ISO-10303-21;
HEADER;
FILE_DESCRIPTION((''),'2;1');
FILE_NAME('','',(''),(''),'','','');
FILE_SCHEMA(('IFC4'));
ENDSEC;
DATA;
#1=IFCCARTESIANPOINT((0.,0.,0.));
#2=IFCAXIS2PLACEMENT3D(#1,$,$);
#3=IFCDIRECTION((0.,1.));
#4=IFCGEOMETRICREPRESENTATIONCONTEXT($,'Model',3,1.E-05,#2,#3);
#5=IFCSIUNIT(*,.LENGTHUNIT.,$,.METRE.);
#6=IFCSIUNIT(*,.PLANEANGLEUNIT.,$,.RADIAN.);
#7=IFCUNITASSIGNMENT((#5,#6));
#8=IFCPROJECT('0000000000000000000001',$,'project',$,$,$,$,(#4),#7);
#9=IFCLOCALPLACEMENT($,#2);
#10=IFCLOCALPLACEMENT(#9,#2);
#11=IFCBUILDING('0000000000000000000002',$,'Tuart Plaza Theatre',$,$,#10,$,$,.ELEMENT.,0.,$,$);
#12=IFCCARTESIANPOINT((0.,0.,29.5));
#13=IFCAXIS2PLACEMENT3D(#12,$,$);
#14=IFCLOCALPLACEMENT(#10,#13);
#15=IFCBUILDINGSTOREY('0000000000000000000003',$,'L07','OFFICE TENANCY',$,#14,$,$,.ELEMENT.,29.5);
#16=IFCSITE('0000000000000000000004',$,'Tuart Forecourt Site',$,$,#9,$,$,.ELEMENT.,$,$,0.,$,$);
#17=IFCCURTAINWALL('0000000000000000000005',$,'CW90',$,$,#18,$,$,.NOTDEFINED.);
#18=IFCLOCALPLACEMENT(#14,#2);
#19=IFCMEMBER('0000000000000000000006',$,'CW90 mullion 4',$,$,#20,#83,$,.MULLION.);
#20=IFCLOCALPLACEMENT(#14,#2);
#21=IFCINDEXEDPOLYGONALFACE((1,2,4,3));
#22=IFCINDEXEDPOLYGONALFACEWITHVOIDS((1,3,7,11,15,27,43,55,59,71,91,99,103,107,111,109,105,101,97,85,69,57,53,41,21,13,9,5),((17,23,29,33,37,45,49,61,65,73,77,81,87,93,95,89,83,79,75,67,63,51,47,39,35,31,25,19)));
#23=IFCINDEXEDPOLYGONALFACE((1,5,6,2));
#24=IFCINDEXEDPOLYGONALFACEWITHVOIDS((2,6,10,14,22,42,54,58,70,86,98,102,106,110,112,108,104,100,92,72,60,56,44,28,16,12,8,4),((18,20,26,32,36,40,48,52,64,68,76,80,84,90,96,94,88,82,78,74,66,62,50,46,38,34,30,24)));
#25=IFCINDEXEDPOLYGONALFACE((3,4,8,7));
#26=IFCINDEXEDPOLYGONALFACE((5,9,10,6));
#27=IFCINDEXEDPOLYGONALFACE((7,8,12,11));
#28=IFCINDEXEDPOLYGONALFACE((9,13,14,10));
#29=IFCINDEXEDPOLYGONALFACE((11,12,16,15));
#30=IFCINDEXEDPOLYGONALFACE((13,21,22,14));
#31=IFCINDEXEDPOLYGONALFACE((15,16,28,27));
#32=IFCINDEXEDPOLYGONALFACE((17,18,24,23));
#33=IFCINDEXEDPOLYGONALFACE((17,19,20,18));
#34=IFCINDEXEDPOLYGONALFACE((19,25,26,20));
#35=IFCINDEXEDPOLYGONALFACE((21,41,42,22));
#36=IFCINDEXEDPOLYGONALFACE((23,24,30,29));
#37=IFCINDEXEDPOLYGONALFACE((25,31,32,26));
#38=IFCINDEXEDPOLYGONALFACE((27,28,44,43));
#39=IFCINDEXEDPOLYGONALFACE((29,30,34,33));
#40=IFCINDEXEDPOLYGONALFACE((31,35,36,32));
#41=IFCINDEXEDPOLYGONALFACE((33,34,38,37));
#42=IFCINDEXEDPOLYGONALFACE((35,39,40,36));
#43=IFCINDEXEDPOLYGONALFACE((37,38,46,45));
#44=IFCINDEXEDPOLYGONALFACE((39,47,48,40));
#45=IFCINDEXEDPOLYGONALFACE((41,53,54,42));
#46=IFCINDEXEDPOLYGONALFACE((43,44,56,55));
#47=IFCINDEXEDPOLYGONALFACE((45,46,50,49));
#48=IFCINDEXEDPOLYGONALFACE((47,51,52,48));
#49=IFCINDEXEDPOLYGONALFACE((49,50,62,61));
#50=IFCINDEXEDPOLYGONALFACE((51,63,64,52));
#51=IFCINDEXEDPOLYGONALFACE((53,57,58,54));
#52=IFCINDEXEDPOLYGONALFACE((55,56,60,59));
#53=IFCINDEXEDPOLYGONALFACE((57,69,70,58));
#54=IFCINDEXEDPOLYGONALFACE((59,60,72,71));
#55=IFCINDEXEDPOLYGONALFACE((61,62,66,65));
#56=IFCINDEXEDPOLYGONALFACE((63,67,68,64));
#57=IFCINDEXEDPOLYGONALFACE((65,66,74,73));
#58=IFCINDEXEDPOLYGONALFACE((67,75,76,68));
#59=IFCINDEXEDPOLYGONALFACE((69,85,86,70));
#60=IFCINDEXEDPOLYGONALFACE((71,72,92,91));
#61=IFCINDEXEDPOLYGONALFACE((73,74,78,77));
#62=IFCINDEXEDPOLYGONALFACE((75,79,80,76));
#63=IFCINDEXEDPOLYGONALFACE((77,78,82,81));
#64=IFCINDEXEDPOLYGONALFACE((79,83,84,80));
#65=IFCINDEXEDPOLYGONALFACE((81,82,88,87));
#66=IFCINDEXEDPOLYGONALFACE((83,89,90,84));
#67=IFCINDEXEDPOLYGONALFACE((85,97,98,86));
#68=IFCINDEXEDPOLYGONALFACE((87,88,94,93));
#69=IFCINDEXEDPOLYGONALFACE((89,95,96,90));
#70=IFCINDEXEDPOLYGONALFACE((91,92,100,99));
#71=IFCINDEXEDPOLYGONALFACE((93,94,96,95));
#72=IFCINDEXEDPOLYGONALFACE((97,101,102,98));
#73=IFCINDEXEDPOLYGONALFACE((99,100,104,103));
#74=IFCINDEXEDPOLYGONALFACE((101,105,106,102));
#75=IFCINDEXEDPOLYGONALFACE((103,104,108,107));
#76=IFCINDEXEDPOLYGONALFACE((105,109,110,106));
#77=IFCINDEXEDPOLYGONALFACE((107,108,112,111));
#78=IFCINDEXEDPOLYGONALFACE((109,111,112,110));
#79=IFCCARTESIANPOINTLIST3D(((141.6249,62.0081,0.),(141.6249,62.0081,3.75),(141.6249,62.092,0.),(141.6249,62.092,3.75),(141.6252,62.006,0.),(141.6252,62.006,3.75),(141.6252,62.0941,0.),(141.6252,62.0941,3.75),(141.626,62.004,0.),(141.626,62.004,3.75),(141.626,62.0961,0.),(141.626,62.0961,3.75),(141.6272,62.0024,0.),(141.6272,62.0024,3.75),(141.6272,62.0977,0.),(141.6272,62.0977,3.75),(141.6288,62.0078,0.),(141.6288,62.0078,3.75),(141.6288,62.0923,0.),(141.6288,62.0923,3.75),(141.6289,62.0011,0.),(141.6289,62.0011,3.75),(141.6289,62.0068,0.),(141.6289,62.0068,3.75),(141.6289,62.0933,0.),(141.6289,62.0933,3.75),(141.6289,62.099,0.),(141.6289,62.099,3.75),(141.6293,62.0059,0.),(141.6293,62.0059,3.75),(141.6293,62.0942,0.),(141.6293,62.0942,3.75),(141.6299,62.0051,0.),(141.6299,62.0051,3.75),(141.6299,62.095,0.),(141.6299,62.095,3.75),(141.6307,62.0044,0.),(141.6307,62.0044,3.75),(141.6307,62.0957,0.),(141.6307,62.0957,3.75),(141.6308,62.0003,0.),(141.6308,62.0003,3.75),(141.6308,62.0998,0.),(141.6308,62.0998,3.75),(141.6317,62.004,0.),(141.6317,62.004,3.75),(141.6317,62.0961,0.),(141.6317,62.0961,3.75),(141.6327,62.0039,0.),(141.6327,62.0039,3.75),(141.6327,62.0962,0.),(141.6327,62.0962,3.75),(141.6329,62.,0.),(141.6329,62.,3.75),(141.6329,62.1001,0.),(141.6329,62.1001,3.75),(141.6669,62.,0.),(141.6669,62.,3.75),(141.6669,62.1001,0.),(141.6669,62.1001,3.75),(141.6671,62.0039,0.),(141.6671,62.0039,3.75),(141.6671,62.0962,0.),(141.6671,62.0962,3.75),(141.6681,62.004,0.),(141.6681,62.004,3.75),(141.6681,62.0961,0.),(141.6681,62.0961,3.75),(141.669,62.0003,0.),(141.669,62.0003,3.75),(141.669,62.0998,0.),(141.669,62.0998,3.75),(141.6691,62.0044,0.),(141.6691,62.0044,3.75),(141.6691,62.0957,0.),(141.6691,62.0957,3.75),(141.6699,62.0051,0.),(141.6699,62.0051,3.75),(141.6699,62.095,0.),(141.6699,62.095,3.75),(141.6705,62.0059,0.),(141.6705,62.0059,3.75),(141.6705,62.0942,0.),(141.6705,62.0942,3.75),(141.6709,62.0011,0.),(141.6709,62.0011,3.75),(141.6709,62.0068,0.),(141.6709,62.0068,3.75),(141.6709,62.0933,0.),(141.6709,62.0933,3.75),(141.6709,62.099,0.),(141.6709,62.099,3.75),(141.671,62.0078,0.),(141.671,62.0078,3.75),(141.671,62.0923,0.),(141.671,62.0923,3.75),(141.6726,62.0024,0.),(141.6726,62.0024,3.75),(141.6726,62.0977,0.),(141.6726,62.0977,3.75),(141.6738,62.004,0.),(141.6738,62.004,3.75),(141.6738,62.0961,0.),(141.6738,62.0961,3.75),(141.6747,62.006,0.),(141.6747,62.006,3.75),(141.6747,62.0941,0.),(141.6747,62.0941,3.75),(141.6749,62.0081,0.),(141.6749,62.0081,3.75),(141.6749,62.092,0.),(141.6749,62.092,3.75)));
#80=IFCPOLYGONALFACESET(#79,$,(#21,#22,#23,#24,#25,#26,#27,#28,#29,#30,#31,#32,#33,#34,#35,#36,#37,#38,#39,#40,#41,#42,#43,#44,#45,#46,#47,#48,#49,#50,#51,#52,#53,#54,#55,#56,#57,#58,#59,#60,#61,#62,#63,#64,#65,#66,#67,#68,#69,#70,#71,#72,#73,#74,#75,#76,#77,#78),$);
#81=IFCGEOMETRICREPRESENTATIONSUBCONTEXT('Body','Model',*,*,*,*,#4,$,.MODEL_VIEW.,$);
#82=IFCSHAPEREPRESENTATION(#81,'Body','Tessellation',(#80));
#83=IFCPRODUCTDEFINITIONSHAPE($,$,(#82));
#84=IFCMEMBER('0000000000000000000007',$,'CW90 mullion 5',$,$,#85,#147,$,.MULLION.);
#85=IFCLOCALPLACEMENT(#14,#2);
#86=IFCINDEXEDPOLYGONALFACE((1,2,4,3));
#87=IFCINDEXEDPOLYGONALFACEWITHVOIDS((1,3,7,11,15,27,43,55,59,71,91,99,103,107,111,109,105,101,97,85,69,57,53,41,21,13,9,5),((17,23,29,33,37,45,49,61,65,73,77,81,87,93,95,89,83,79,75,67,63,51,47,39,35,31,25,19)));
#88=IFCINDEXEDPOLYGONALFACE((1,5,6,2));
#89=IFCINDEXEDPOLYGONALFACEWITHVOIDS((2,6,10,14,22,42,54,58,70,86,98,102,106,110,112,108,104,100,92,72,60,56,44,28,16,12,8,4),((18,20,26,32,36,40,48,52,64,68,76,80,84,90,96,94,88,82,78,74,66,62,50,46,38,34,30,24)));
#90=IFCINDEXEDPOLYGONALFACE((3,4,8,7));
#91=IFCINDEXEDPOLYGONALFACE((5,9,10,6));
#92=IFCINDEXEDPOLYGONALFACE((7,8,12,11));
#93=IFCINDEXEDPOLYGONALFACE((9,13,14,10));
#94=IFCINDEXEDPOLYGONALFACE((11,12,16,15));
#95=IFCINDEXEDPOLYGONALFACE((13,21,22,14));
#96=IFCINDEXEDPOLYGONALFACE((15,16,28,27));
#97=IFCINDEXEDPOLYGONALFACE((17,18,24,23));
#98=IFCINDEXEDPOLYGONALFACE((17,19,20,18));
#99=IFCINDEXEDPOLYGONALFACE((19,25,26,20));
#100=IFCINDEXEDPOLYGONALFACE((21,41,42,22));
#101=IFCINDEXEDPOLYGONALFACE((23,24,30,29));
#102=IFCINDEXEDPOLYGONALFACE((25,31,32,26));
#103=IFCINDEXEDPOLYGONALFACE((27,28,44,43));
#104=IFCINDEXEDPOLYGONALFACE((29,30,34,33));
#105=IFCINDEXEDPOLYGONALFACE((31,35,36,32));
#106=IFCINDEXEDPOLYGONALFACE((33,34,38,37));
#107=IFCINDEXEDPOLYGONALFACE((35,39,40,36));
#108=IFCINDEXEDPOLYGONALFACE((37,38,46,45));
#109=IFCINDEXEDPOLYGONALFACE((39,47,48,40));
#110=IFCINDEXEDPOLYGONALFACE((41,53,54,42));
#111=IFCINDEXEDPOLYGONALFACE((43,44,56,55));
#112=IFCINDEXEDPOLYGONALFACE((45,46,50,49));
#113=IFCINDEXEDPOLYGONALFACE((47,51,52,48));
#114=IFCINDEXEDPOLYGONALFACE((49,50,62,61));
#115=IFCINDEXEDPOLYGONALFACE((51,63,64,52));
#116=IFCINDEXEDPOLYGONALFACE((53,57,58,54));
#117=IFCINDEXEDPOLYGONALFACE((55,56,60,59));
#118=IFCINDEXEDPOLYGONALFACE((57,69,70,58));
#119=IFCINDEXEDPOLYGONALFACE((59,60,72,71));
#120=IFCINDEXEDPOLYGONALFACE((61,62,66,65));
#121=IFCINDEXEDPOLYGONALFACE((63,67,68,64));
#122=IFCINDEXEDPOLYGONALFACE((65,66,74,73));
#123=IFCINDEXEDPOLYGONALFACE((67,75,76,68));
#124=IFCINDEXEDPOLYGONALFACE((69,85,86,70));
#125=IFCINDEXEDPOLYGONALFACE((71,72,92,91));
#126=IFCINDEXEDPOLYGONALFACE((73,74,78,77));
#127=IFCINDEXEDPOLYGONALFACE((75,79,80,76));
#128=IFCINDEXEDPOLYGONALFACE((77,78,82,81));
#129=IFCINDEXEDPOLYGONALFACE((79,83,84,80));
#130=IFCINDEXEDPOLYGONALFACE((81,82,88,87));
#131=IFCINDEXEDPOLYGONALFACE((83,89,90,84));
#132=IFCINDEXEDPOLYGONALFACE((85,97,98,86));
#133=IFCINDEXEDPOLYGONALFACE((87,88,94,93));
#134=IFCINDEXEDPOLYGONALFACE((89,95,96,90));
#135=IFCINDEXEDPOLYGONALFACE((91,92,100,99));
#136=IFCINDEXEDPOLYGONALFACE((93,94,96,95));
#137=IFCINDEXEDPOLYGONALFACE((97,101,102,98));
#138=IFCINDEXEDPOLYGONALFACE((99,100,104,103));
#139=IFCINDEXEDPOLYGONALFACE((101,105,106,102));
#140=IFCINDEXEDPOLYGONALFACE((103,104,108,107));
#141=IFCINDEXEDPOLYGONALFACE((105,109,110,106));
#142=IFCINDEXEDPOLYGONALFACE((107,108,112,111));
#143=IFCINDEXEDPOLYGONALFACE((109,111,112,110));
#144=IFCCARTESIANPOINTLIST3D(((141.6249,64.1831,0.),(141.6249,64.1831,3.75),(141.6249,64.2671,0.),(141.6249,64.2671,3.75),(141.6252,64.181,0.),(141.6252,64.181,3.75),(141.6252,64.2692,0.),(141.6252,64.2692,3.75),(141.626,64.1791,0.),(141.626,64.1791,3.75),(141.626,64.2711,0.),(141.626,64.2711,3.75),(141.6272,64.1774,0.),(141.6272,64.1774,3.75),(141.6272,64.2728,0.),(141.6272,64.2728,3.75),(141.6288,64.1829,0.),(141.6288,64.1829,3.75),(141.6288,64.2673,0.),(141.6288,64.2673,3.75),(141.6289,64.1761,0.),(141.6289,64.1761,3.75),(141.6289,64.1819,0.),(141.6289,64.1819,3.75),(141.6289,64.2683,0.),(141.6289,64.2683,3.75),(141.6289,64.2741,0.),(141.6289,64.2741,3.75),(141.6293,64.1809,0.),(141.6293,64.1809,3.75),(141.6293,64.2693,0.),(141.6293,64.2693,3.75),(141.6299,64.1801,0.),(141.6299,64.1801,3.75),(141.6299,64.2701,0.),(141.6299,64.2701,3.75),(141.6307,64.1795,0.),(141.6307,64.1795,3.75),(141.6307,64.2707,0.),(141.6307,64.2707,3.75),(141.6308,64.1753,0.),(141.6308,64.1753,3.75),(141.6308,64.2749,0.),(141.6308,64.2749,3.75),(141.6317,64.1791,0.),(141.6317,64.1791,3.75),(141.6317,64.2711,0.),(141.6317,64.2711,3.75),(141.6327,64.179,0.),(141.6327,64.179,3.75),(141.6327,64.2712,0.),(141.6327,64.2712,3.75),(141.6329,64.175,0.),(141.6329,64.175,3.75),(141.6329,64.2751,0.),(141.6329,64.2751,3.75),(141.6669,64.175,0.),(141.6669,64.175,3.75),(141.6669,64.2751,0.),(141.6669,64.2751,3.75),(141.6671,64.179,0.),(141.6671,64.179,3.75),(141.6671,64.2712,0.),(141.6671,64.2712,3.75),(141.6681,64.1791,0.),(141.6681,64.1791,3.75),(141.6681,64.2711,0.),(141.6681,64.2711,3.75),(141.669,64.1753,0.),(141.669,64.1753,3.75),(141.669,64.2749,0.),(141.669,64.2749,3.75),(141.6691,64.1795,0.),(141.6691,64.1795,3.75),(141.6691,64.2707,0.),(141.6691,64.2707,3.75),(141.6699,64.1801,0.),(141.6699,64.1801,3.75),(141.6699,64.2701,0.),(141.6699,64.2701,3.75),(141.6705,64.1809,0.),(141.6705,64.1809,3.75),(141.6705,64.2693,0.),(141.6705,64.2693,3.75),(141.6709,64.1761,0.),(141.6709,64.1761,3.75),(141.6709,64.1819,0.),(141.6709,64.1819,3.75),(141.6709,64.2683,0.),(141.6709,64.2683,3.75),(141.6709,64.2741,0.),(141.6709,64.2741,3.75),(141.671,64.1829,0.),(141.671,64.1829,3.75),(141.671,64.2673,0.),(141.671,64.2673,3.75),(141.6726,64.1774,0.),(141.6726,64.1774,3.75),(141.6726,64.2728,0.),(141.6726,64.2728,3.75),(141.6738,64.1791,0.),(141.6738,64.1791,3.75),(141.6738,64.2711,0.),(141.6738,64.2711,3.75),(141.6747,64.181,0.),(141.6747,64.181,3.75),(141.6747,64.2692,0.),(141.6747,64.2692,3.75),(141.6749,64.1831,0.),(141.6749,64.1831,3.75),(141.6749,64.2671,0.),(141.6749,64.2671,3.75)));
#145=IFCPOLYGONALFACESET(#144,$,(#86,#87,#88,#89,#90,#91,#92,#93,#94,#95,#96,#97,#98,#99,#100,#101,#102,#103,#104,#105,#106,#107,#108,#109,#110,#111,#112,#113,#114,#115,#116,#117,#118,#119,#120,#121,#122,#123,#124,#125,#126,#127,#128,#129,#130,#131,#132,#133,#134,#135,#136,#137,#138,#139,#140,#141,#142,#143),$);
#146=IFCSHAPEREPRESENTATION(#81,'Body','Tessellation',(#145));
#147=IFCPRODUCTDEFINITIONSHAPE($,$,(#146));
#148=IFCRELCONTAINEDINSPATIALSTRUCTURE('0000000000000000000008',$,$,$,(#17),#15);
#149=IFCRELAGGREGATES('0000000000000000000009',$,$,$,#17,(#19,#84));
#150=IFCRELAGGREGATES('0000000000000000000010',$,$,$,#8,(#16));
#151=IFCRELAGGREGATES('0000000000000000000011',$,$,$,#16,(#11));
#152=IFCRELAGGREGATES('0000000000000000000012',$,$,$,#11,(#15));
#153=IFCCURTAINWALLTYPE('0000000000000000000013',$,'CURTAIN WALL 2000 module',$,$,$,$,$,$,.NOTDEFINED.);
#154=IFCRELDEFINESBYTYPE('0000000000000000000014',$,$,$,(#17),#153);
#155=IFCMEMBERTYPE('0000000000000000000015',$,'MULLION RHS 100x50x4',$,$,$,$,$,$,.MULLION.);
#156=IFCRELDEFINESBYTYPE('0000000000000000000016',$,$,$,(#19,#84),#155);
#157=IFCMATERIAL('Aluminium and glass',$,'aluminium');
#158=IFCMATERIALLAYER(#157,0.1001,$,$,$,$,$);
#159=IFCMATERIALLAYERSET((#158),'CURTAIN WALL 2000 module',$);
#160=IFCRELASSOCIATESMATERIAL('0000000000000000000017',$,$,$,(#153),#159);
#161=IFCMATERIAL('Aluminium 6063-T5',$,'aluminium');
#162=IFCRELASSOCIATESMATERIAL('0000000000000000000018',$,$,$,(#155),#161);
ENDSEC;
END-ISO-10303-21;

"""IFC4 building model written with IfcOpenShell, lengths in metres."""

from ifc_helpers import new_model, si_unit, direction, frame, origin, origin_2d, place, context, subcontext, project, spatial, hollow_rectangle, extrude, material, layer, layer_set, material_profile, profile_set, type_object, element, aggregate, save


model = new_model("IFC4")

# Units and contexts
model_context = context("Model", 3, precision=1e-05, world=origin(), true_north=direction((0.0, 1.0)))
body_context = subcontext(model_context, "Body", "Model", "MODEL_VIEW")
ifc_project = project(units=[si_unit("LENGTHUNIT", "METRE"), si_unit("PLANEANGLEUNIT", "RADIAN")], contexts=[model_context])

# Site, building, storey
site_placement = place(None, origin())
site = spatial("IfcSite", under=ifc_project, at=site_placement, Name="Tuart Forecourt Site", CompositionType="ELEMENT", RefElevation=0.0)
building_placement = place(site_placement, origin())
building = spatial("IfcBuilding", under=site, at=building_placement, Name="Tuart Plaza Theatre", CompositionType="ELEMENT", ElevationOfRefHeight=0.0)
storey_placement = place(building_placement, frame((0.0, 0.0, 29.5)))
storey = spatial("IfcBuildingStorey", under=building, at=storey_placement, Name="L07", Description="OFFICE TENANCY", CompositionType="ELEMENT", Elevation=29.5)

# Curtain wall, members
ifc_material_1 = material(Name="Aluminium and glass", Category="aluminium")
ifc_layer_1 = layer(ifc_material_1, 0.1001)
ifc_layer_set_1 = layer_set([ifc_layer_1], Name="CURTAIN WALL 2000 module")
curtain_wall_type = type_object("IfcCurtainWallType", Name="CURTAIN WALL 2000 module", PredefinedType="NOTDEFINED", material=ifc_layer_set_1)
curtain_wall_1_placement = place(storey_placement, origin())
curtain_wall_1 = element("IfcCurtainWall", 1, at=curtain_wall_1_placement, inside=storey, type_object=curtain_wall_type, Name="CW90", PredefinedType="NOTDEFINED")
ifc_material_2 = material(Name="Aluminium 6063-T5", Category="aluminium")
ifc_material_profile_1 = material_profile(ifc_material_2, hollow_rectangle(XDim=0.05, YDim=0.1001, WallThickness=0.0039, InnerFilletRadius=0.0039, OuterFilletRadius=0.0081, at=origin_2d()), Name="RHS 100x50x4")
ifc_profile_set_1 = profile_set([ifc_material_profile_1], Name="Aluminium 6063-T5")
member_type_1 = type_object("IfcMemberType", Name="MULLION RHS 100x50x4", PredefinedType="MULLION", material=ifc_profile_set_1)
member_1_placement = place(storey_placement, frame((141.6499, 62.05, 0.0), z_axis=(0.0, 0.0, 1.0), x_axis=(-1.0, 0.0, 0.0)))
member_1 = element("IfcMember", 2, at=member_1_placement, type_object=member_type_1, Name="CW90 mullion 4", PredefinedType="MULLION", context=body_context, shape_type="SweptSolid", body=[
    extrude(hollow_rectangle(XDim=0.05, YDim=0.1001, WallThickness=0.0039, InnerFilletRadius=0.0039, OuterFilletRadius=0.0081, at=origin_2d()), origin(), (0.0, 0.0, 1.0), 3.75),
])
member_2_placement = place(storey_placement, frame((141.6499, 64.2251, 0.0), z_axis=(0.0, 0.0, 1.0), x_axis=(-1.0, 0.0, 0.0)))
member_2 = element("IfcMember", 3, at=member_2_placement, type_object=member_type_1, Name="CW90 mullion 5", PredefinedType="MULLION", context=body_context, shape_type="SweptSolid", body=[
    extrude(hollow_rectangle(XDim=0.05, YDim=0.1001, WallThickness=0.0039, InnerFilletRadius=0.0039, OuterFilletRadius=0.0081, at=origin_2d()), origin(), (0.0, 0.0, 1.0), 3.75),
])

aggregate(curtain_wall_1, [member_1, member_2])

save(model, "model.ifc")
